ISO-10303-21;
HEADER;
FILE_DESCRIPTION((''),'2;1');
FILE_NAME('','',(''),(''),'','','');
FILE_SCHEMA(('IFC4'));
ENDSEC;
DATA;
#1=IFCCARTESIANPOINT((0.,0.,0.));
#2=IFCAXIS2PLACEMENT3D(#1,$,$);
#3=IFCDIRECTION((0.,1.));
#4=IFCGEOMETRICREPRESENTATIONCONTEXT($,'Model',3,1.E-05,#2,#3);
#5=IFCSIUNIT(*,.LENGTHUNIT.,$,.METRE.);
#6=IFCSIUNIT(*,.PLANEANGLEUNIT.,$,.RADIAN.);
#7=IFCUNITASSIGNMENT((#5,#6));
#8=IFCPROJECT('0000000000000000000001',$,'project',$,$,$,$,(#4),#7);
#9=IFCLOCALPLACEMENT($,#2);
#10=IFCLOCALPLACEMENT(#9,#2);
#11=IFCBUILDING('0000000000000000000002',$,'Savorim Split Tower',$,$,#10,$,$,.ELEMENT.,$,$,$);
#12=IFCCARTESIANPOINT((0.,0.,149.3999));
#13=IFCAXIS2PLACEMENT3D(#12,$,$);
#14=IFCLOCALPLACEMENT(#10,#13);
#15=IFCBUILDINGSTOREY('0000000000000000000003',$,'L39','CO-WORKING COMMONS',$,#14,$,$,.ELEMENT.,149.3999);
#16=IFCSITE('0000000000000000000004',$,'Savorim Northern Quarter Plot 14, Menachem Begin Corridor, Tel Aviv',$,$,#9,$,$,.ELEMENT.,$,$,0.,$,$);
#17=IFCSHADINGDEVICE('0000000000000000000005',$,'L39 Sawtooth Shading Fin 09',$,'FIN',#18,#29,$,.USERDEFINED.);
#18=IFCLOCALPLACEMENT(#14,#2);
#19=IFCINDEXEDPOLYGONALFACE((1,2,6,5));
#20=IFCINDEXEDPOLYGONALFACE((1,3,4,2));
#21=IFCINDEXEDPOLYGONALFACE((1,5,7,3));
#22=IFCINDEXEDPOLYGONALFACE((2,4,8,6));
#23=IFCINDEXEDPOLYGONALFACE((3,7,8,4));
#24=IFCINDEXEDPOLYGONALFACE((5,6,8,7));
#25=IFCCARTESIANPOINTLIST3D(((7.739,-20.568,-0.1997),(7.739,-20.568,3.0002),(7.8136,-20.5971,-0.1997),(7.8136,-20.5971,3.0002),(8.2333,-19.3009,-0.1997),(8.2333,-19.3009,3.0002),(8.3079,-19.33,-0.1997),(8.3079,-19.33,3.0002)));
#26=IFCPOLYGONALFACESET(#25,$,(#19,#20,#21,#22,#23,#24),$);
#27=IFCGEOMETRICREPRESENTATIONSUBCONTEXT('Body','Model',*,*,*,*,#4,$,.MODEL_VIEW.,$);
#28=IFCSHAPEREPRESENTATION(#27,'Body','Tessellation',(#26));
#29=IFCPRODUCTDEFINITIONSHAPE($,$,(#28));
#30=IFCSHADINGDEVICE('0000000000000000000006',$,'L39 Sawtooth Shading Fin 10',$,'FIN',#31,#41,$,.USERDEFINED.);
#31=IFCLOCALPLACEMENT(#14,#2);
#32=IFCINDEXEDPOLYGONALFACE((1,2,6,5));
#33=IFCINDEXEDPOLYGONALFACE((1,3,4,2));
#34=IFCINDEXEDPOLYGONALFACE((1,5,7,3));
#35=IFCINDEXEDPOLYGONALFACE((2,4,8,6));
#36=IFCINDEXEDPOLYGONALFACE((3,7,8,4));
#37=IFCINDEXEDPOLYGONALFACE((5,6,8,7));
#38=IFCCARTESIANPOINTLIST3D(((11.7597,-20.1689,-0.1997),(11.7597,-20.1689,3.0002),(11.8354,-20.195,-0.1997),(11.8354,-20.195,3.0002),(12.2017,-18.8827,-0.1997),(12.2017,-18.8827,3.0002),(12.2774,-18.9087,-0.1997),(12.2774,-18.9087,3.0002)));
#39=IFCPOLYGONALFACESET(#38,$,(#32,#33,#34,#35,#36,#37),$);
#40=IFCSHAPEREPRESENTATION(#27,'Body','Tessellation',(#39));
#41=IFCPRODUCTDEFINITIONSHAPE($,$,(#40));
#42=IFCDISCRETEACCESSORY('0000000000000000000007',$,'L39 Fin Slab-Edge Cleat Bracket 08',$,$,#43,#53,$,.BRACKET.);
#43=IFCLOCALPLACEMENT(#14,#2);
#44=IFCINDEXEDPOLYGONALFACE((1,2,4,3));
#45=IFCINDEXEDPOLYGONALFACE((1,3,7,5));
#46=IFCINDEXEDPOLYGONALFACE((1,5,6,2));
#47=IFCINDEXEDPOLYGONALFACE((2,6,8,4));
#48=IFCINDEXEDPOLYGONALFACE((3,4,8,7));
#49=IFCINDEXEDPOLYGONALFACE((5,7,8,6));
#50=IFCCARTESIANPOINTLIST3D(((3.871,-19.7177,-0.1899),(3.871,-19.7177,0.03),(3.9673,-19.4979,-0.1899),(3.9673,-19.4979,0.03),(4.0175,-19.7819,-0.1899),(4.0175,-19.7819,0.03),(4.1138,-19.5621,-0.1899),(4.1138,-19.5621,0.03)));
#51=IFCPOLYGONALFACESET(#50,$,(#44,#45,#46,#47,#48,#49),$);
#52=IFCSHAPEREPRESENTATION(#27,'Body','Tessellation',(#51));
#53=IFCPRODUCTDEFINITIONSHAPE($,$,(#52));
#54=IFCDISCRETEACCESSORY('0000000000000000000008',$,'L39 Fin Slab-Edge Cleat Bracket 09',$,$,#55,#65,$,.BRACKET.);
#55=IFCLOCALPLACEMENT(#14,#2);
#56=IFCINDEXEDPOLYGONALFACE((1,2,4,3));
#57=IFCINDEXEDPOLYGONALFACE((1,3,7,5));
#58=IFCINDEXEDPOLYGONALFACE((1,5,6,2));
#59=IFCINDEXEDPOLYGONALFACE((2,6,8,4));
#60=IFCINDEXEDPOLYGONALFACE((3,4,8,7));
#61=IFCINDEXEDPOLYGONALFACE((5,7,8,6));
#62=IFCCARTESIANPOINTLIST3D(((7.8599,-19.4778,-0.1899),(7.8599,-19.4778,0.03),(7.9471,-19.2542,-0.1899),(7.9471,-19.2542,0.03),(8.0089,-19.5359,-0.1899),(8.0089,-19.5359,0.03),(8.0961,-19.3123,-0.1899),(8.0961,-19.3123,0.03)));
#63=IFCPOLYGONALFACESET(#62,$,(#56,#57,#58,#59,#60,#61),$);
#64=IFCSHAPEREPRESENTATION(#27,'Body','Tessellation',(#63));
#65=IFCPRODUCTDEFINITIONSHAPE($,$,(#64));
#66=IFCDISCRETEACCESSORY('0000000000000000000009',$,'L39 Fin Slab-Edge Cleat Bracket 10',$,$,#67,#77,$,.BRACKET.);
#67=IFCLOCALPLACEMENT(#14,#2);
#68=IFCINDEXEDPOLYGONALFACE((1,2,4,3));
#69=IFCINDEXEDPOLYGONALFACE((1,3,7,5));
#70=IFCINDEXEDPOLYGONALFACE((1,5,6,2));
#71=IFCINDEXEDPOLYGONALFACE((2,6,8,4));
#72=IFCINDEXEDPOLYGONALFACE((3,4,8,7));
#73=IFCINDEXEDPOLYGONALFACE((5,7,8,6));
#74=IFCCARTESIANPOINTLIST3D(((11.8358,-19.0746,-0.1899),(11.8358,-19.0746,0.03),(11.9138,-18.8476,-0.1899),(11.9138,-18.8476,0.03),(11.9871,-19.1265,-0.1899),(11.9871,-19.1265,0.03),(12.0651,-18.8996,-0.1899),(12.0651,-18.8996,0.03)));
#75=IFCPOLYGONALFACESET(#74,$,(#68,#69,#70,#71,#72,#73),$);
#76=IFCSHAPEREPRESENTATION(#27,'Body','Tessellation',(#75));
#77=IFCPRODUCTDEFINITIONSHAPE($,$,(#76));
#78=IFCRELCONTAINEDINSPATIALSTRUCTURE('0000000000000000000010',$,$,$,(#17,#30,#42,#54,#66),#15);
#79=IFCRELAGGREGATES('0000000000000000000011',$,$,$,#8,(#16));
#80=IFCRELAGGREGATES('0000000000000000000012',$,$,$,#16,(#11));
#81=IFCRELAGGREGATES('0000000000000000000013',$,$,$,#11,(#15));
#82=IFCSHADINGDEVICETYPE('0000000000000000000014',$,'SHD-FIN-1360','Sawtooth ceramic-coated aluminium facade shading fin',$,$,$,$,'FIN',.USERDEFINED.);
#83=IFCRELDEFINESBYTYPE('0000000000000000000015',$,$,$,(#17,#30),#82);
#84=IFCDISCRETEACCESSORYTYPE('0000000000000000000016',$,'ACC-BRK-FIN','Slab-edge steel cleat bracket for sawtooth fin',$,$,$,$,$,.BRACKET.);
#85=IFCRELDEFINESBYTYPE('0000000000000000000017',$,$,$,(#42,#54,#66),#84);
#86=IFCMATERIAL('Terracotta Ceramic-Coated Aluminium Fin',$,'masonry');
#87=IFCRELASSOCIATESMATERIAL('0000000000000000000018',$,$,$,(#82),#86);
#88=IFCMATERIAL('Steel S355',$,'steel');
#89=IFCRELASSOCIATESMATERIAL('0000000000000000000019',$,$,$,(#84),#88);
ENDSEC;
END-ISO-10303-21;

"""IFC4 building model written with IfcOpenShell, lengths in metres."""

from ifc_helpers import new_model, si_unit, direction, frame, origin, origin_2d, place, context, subcontext, project, spatial, rectangle, extrude, material, type_object, element, save


model = new_model("IFC4")

# Units and contexts
model_context = context("Model", 3, precision=1e-05, world=origin(), true_north=direction((0.0, 1.0)))
body_context = subcontext(model_context, "Body", "Model", "MODEL_VIEW")
ifc_project = project(units=[si_unit("LENGTHUNIT", "METRE"), si_unit("PLANEANGLEUNIT", "RADIAN")], contexts=[model_context])

# Site, building, storey
site_placement = place(None, origin())
site = spatial("IfcSite", under=ifc_project, at=site_placement, Name="Savorim Northern Quarter Plot 14, Menachem Begin Corridor, Tel Aviv", CompositionType="ELEMENT", RefElevation=0.0)
building_placement = place(site_placement, origin())
building = spatial("IfcBuilding", under=site, at=building_placement, Name="Savorim Split Tower", CompositionType="ELEMENT")
storey_placement = place(building_placement, frame((0.0, 0.0, 149.3999)))
storey = spatial("IfcBuildingStorey", under=building, at=storey_placement, Name="L39", Description="CO-WORKING COMMONS", CompositionType="ELEMENT", Elevation=149.3999)

# Shared definitions
ifc_material_1 = material(Name="Steel S355", Category="steel")

# Shading devices
ifc_material_2 = material(Name="Terracotta Ceramic-Coated Aluminium Fin", Category="masonry")
shading_device_type = type_object("IfcShadingDeviceType", Name="SHD-FIN-1360", Description="Sawtooth ceramic-coated aluminium facade shading fin", ElementType="FIN", PredefinedType="USERDEFINED", material=ifc_material_2)
for number, where, z_axis, x_axis, name in (
    (1, (8.0234, -19.949, -0.1997), (0.0, 0.0, 1.0), (-0.363415, -0.931627, 0.0), "L39 Sawtooth Shading Fin 09"),
    (2, (12.0186, -19.5388, -0.1997), (0.0, 0.0, 1.0), (-0.324994, -0.945716, 0.0), "L39 Sawtooth Shading Fin 10"),
):
    element("IfcShadingDevice", number, at=place(storey_placement, frame(where, z_axis=z_axis, x_axis=x_axis)), inside=storey, type_object=shading_device_type, Name=name, ObjectType="FIN", PredefinedType="USERDEFINED", context=body_context, shape_type="SweptSolid", body=[
        extrude(rectangle(XDim=1.3601, YDim=0.0801, at=origin_2d()), origin(), (0.0, 0.0, 1.0), 3.2),
    ])

# Discrete accessories
discrete_accessory_type = type_object("IfcDiscreteAccessoryType", Name="ACC-BRK-FIN", Description="Slab-edge steel cleat bracket for sawtooth fin", PredefinedType="BRACKET", material=ifc_material_1)
for number, where, z_axis, x_axis, name in (
    (3, (3.9924, -19.6399, -0.1899), (0.0, 0.0, 1.0), (-0.40123, -0.915977, 0.0), "L39 Fin Slab-Edge Cleat Bracket 08"),
    (4, (7.978, -19.395, -0.1899), (0.0, 0.0, 1.0), (-0.363415, -0.931627, 0.0), "L39 Fin Slab-Edge Cleat Bracket 09"),
    (5, (11.9504, -18.9871, -0.1899), (0.0, 0.0, 1.0), (-0.324994, -0.945716, 0.0), "L39 Fin Slab-Edge Cleat Bracket 10"),
):
    element("IfcDiscreteAccessory", number, at=place(storey_placement, frame(where, z_axis=z_axis, x_axis=x_axis)), inside=storey, type_object=discrete_accessory_type, Name=name, PredefinedType="BRACKET", context=body_context, shape_type="SweptSolid", body=[
        extrude(rectangle(XDim=0.24, YDim=0.1599, at=origin_2d()), origin(), (0.0, 0.0, 1.0), 0.22),
    ])

save(model, "model.ifc")
